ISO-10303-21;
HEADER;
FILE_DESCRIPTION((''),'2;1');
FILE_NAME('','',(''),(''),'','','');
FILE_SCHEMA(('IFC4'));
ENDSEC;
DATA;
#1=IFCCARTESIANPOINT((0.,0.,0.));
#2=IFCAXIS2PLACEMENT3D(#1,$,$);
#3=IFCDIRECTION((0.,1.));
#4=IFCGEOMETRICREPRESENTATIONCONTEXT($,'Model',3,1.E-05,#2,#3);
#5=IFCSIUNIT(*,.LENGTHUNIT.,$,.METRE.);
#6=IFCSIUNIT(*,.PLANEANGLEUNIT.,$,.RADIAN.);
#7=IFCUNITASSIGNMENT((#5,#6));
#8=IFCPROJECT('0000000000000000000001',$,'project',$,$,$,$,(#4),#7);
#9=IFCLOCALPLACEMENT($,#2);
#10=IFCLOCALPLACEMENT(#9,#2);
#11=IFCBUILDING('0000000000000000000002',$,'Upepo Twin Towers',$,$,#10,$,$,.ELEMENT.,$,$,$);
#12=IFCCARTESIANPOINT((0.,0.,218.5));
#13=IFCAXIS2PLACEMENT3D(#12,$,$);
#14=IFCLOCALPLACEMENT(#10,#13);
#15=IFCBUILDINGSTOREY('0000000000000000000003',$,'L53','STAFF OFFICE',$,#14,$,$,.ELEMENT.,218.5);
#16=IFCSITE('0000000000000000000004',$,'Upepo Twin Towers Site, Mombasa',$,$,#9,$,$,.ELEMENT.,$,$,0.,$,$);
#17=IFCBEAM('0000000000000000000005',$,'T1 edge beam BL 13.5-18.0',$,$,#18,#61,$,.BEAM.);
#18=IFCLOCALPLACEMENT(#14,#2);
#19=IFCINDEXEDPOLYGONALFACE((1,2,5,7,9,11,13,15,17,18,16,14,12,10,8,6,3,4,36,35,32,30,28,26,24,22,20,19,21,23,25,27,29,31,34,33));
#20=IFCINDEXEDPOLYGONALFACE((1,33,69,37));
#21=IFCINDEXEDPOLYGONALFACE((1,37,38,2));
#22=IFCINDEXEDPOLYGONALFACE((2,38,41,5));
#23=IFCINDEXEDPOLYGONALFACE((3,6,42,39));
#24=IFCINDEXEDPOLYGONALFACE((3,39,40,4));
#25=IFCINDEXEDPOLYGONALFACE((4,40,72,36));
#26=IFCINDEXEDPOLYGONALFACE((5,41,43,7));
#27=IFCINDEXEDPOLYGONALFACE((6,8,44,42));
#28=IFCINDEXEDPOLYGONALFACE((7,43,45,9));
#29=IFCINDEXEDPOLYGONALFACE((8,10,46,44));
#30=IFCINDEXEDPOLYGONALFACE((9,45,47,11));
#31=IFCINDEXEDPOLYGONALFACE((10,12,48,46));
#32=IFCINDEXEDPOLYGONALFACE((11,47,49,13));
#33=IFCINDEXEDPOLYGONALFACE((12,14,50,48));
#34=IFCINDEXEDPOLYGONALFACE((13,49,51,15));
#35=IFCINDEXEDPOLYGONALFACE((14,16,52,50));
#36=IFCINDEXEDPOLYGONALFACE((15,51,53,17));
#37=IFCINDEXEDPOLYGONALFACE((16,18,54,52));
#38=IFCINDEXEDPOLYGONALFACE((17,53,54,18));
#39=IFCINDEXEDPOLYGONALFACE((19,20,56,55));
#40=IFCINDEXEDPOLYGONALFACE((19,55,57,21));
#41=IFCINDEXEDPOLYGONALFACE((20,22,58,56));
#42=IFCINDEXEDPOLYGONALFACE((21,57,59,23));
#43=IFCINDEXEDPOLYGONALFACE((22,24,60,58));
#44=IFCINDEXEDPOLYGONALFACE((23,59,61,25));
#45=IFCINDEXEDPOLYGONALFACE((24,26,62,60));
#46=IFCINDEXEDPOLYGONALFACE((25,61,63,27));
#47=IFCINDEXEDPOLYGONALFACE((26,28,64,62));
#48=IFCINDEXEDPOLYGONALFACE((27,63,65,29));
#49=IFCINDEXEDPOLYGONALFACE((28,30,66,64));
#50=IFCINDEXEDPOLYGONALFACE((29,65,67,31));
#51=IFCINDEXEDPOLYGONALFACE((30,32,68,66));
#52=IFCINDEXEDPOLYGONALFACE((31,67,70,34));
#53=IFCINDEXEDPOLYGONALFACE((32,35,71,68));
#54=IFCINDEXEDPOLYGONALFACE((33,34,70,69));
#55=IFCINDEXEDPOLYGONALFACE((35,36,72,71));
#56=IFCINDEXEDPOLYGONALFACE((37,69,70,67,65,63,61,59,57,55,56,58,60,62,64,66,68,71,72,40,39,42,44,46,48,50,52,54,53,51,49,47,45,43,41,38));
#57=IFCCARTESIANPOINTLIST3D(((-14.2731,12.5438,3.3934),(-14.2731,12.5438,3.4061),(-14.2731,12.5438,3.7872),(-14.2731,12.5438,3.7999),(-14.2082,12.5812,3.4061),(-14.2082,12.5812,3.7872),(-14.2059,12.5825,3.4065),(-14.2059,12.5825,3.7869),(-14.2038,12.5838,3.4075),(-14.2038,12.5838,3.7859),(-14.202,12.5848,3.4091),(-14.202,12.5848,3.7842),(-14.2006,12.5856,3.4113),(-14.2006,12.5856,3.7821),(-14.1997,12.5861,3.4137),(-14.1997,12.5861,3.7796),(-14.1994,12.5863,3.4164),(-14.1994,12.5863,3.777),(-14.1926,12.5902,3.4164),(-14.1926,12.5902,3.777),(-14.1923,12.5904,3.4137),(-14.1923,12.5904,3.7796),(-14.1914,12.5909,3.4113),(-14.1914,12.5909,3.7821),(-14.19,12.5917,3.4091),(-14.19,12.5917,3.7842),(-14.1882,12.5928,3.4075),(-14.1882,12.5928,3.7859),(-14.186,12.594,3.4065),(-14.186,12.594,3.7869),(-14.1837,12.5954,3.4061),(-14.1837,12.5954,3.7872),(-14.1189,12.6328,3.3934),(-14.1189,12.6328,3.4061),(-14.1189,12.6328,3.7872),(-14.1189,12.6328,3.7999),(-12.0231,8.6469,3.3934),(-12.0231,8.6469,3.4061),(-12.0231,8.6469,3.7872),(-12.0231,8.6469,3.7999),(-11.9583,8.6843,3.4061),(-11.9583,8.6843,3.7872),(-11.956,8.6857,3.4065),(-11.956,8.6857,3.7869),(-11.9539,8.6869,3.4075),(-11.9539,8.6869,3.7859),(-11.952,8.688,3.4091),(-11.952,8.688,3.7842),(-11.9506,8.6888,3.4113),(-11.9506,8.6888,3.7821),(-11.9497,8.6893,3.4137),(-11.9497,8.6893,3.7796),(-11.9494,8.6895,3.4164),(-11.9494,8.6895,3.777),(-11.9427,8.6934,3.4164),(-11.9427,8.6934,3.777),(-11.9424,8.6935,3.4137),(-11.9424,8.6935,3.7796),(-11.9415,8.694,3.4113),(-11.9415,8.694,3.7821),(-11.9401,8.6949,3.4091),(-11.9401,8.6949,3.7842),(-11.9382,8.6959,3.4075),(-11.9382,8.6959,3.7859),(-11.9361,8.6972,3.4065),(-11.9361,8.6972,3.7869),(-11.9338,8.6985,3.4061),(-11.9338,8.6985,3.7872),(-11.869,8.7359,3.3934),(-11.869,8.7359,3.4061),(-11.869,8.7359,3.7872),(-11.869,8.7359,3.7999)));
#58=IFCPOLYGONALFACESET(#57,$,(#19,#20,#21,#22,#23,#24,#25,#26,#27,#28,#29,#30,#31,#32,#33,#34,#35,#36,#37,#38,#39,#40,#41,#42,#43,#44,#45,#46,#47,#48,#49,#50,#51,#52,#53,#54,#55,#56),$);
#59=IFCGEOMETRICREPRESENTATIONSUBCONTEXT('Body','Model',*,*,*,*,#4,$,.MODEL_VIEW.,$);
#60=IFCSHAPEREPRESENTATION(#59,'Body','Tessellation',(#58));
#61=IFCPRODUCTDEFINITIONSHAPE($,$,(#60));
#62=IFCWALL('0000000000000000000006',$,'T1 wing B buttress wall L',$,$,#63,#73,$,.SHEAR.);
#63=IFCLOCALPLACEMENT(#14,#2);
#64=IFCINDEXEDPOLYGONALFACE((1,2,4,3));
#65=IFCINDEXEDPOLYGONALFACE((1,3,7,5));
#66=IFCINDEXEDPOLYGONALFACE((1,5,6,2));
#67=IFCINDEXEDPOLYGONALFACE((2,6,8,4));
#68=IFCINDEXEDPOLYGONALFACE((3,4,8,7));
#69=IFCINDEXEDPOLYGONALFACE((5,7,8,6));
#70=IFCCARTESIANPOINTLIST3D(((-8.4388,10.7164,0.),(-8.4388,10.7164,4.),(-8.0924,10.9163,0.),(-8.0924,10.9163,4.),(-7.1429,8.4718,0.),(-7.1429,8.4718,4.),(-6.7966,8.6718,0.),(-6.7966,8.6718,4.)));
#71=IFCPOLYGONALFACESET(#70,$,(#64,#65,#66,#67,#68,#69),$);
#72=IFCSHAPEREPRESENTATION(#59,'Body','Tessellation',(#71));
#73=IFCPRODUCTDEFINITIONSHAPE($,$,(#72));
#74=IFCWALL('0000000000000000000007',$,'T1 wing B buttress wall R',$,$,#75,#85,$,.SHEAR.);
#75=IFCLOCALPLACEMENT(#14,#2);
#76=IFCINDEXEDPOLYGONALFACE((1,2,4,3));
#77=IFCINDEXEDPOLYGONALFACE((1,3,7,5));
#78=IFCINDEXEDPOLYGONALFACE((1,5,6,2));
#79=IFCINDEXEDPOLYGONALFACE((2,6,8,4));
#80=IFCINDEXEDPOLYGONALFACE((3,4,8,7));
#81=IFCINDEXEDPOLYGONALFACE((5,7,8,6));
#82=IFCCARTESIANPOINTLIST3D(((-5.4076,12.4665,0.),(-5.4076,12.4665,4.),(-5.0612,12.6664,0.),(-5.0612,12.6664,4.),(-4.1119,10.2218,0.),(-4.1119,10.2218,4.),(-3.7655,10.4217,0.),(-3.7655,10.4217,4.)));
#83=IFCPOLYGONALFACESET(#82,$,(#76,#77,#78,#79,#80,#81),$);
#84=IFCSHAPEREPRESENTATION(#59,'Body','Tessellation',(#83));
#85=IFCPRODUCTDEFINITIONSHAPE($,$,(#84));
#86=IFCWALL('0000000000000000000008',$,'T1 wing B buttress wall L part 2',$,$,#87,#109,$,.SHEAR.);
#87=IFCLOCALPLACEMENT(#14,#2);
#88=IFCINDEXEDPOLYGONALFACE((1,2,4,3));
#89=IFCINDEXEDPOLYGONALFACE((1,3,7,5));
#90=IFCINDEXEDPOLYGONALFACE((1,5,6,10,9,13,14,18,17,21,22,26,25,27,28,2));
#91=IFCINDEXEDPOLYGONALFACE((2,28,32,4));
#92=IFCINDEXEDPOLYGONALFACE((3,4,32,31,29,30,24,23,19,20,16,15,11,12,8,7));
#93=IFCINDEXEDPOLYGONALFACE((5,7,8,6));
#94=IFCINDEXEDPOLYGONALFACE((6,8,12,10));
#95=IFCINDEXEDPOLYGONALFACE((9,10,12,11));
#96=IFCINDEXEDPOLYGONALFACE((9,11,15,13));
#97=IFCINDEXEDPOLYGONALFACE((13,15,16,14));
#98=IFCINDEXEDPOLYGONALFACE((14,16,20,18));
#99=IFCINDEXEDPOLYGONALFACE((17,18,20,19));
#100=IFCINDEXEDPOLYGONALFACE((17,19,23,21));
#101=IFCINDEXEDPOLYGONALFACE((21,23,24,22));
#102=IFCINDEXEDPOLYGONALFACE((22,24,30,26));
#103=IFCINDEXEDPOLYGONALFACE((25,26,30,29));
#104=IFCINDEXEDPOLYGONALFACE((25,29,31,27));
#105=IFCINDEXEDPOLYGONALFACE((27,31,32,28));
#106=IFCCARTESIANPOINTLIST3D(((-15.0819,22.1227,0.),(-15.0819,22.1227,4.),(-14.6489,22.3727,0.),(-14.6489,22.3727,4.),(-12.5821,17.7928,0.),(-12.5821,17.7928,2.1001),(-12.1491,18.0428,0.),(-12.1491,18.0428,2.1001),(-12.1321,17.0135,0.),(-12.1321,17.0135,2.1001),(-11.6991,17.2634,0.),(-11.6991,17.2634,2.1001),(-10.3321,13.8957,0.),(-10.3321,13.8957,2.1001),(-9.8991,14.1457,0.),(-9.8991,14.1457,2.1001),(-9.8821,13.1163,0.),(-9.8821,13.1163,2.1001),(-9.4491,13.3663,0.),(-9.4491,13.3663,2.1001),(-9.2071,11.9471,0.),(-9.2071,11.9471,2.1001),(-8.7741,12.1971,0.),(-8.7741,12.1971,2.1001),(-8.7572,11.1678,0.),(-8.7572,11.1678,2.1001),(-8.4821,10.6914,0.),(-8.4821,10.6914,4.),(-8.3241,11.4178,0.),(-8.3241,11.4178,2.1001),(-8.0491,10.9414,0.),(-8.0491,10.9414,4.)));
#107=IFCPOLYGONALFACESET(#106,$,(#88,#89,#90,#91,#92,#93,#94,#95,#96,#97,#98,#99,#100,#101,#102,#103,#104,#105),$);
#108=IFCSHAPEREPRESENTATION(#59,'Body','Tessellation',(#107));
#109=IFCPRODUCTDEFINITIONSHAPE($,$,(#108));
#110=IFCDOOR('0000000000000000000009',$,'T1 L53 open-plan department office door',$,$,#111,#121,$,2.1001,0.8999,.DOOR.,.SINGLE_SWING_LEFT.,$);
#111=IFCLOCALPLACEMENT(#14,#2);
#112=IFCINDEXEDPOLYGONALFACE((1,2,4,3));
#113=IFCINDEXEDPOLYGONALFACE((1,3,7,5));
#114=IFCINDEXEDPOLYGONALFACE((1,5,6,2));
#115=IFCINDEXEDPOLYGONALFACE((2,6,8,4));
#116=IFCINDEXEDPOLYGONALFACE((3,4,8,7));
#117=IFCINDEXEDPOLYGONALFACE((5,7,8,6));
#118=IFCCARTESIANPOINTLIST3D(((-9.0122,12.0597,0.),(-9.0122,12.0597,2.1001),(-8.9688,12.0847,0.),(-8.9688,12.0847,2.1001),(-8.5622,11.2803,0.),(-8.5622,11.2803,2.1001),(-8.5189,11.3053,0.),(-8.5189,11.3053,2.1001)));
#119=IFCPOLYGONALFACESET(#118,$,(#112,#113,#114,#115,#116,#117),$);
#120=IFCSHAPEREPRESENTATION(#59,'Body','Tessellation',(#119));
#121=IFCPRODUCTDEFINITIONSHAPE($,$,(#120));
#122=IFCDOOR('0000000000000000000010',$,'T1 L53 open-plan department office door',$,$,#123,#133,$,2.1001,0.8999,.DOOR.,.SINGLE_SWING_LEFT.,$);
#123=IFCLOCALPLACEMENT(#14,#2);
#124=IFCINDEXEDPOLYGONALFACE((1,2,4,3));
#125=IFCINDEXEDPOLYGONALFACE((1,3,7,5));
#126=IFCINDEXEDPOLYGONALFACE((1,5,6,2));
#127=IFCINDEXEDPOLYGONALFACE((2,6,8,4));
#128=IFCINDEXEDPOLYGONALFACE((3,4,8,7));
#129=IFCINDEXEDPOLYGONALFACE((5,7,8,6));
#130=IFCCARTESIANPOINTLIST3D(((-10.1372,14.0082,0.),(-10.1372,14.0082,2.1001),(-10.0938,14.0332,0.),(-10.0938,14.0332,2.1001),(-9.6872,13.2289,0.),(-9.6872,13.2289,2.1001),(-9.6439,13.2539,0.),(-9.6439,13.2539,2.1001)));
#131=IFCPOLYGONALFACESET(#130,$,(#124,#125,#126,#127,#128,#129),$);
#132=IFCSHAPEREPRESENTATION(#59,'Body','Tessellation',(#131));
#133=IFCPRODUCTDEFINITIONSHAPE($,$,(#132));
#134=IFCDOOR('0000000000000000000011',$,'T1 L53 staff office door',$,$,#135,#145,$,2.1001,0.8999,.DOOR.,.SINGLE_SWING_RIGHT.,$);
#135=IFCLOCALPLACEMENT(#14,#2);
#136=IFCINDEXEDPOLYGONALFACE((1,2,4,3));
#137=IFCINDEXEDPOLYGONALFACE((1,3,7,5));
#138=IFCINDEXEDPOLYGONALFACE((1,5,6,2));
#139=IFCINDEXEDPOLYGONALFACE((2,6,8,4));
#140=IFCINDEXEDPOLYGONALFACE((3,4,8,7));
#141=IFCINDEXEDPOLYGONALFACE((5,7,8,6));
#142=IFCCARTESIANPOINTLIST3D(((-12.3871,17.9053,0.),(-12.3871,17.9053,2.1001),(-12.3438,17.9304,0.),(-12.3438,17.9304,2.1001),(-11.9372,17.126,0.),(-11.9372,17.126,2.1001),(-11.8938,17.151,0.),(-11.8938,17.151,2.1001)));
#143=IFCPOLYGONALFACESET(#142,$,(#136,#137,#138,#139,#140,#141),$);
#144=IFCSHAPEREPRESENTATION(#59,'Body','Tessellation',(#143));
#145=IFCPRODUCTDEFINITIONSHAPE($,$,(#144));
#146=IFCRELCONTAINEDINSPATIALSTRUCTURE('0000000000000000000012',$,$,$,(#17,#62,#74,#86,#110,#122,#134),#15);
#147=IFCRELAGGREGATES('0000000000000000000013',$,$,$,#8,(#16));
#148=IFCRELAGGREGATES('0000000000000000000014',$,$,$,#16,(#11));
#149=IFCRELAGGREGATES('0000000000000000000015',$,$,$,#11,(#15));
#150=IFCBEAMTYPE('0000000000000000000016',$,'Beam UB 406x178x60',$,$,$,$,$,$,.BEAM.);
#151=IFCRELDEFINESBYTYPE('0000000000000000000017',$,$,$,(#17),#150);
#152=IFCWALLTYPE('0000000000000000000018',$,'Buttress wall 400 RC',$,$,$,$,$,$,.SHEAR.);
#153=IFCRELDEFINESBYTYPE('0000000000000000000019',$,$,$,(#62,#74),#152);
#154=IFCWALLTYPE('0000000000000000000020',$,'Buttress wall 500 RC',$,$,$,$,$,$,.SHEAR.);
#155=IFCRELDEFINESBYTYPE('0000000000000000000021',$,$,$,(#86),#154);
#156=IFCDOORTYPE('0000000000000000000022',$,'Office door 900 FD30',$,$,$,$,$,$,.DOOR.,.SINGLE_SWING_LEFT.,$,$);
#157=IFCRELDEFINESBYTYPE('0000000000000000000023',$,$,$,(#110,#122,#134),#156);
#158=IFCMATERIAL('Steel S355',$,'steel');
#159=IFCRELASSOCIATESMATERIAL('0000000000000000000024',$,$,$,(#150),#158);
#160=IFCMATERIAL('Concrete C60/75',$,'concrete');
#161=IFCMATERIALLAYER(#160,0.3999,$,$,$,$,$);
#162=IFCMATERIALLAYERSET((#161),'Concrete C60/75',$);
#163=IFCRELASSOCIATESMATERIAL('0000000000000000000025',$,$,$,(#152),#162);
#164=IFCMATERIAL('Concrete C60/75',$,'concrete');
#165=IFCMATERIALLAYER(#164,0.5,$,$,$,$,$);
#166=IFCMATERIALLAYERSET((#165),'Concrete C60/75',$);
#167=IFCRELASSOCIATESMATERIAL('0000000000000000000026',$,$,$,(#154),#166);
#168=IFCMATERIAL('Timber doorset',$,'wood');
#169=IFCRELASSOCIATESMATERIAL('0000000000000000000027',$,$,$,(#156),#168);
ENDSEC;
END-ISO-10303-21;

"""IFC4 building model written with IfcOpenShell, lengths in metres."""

from ifc_helpers import new_model, si_unit, direction, frame, frame_2d, origin, origin_2d, place, context, subcontext, project, spatial, rectangle, i_section, extrude, material, layer, layer_set, material_profile, profile_set, type_object, element, fill, save


model = new_model("IFC4")

# Units and contexts
model_context = context("Model", 3, precision=1e-05, world=origin(), true_north=direction((0.0, 1.0)))
body_context = subcontext(model_context, "Body", "Model", "MODEL_VIEW")
ifc_project = project(units=[si_unit("LENGTHUNIT", "METRE"), si_unit("PLANEANGLEUNIT", "RADIAN")], contexts=[model_context])

# Site, building, storey
site_placement = place(None, origin())
site = spatial("IfcSite", under=ifc_project, at=site_placement, Name="Upepo Twin Towers Site, Mombasa", CompositionType="ELEMENT", RefElevation=0.0)
building_placement = place(site_placement, origin())
building = spatial("IfcBuilding", under=site, at=building_placement, Name="Upepo Twin Towers", CompositionType="ELEMENT")
storey_placement = place(building_placement, frame((0.0, 0.0, 218.5)))
storey = spatial("IfcBuildingStorey", under=building, at=storey_placement, Name="L53", Description="STAFF OFFICE", CompositionType="ELEMENT", Elevation=218.5)

# Beam
ifc_material_1 = material(Name="Steel S355", Category="steel")
ifc_material_profile = material_profile(ifc_material_1, i_section(OverallWidth=0.178, OverallDepth=0.4065, WebThickness=0.0078, FlangeThickness=0.0127, FilletRadius=0.0103, at=origin_2d()), Name="UB 406x178x60")
ifc_profile_set = profile_set([ifc_material_profile], Name="Steel S355")
beam_type = type_object("IfcBeamType", Name="Beam UB 406x178x60", PredefinedType="BEAM", material=ifc_profile_set)
beam_placement = place(storey_placement, frame((-11.946, 8.6914, 3.5967), z_axis=(-0.500014, 0.866018, 0.0), x_axis=(-0.866018, -0.500014, 0.0)))
element("IfcBeam", 1, at=beam_placement, inside=storey, type_object=beam_type, Name="T1 edge beam BL 13.5-18.0", PredefinedType="BEAM", context=body_context, shape_type="SweptSolid", body=[
    extrude(i_section(OverallWidth=0.178, OverallDepth=0.4065, WebThickness=0.0078, FlangeThickness=0.0127, FilletRadius=0.0103, at=origin_2d()), origin(), (0.0, 0.0, 1.0), 4.4998),
])

# Walls
ifc_material_2 = material(Name="Concrete C60/75", Category="concrete")
ifc_layer_1 = layer(ifc_material_2, 0.3999)
ifc_layer_set_1 = layer_set([ifc_layer_1], Name="Concrete C60/75")
wall_type_1 = type_object("IfcWallType", Name="Buttress wall 400 RC", PredefinedType="SHEAR", material=ifc_layer_set_1)
for number, where, z_axis, x_axis, name in (
    (2, (-6.9697, 8.5718, 0.0), (0.0, 0.0, 1.0), (-0.499989, 0.866032, 0.0), "T1 wing B buttress wall L"),
    (3, (-3.9387, 10.3218, 0.0), (0.0, 0.0, 1.0), (-0.499918, 0.866073, 0.0), "T1 wing B buttress wall R"),
):
    element("IfcWall", number, at=place(storey_placement, frame(where, z_axis=z_axis, x_axis=x_axis)), inside=storey, type_object=wall_type_1, Name=name, PredefinedType="SHEAR", context=body_context, shape_type="SweptSolid", body=[
        extrude(rectangle(XDim=2.5918, YDim=0.3999, at=frame_2d((1.2959, 0.0))), origin(), (0.0, 0.0, 1.0), 4.0),
    ])

# Wall, openings, doors
ifc_material_3 = material(Name="Concrete C60/75", Category="concrete")
ifc_layer_2 = layer(ifc_material_3, 0.5)
ifc_layer_set_2 = layer_set([ifc_layer_2], Name="Concrete C60/75")
wall_type_2 = type_object("IfcWallType", Name="Buttress wall 500 RC", PredefinedType="SHEAR", material=ifc_layer_set_2)
wall_1_placement = place(storey_placement, frame((-8.2656, 10.8164, 0.0), z_axis=(0.0, 0.0, 1.0), x_axis=(-0.499996, 0.866028, 0.0)))
wall_1 = element("IfcWall", 4, at=wall_1_placement, inside=storey, type_object=wall_type_2, Name="T1 wing B buttress wall L part 2", PredefinedType="SHEAR", context=body_context, shape_type="SweptSolid", body=[
    extrude(rectangle(XDim=13.1997, YDim=0.5, at=frame_2d((6.5999, 0.0))), origin(), (0.0, 0.0, 1.0), 4.0),
])
opening_1_placement = place(wall_1_placement, frame((0.55, 0.0, 0.0)))
opening_1 = element("IfcOpeningElement", 5, at=opening_1_placement, cuts=wall_1, PredefinedType="OPENING", context=body_context, shape_type="SweptSolid", body=[
    extrude(rectangle(XDim=0.8999, YDim=2.1001, at=frame_2d((0.45, 1.05))), frame((0.0, 0.26, 0.0), z_axis=(0.0, -1.0, 0.0), x_axis=(1.0, 0.0, 0.0)), (0.0, 0.0, 1.0), 0.52),
])
opening_2_placement = place(wall_1_placement, frame((2.8, 0.0, 0.0)))
opening_2 = element("IfcOpeningElement", 6, at=opening_2_placement, cuts=wall_1, PredefinedType="OPENING", context=body_context, shape_type="SweptSolid", body=[
    extrude(rectangle(XDim=0.8999, YDim=2.1001, at=frame_2d((0.45, 1.05))), frame((0.0, 0.26, 0.0), z_axis=(0.0, -1.0, 0.0), x_axis=(1.0, 0.0, 0.0)), (0.0, 0.0, 1.0), 0.52),
])
opening_3_placement = place(wall_1_placement, frame((7.3, 0.0, 0.0)))
opening_3 = element("IfcOpeningElement", 7, at=opening_3_placement, cuts=wall_1, PredefinedType="OPENING", context=body_context, shape_type="SweptSolid", body=[
    extrude(rectangle(XDim=0.8999, YDim=2.1001, at=frame_2d((0.45, 1.05))), frame((0.0, 0.26, 0.0), z_axis=(0.0, -1.0, 0.0), x_axis=(1.0, 0.0, 0.0)), (0.0, 0.0, 1.0), 0.52),
])
ifc_material_4 = material(Name="Timber doorset", Category="wood")
door_type_1 = type_object("IfcDoorType", Name="Office door 900 FD30", OperationType="SINGLE_SWING_LEFT", PredefinedType="DOOR", material=ifc_material_4)
door_1_placement = place(opening_1_placement, origin())
door_1 = element("IfcDoor", 8, at=door_1_placement, inside=storey, type_object=door_type_1, Name="T1 L53 open-plan department office door", OperationType="SINGLE_SWING_LEFT", OverallHeight=2.1001, OverallWidth=0.8999, PredefinedType="DOOR", context=body_context, shape_type="SweptSolid", body=[
    extrude(rectangle(XDim=0.8999, YDim=2.1001, at=frame_2d((0.45, 1.05))), frame((0.0, 0.0249, 0.0), z_axis=(0.0, -1.0, 0.0), x_axis=(1.0, 0.0, 0.0)), (0.0, 0.0, 1.0), 0.05),
])
fill(opening_1, door_1)
door_2_placement = place(opening_2_placement, origin())
door_2 = element("IfcDoor", 9, at=door_2_placement, inside=storey, type_object=door_type_1, Name="T1 L53 open-plan department office door", OperationType="SINGLE_SWING_LEFT", OverallHeight=2.1001, OverallWidth=0.8999, PredefinedType="DOOR", context=body_context, shape_type="SweptSolid", body=[
    extrude(rectangle(XDim=0.8999, YDim=2.1001, at=frame_2d((0.45, 1.05))), frame((0.0, 0.0249, 0.0), z_axis=(0.0, -1.0, 0.0), x_axis=(1.0, 0.0, 0.0)), (0.0, 0.0, 1.0), 0.05),
])
fill(opening_2, door_2)
door_3_placement = place(opening_3_placement, origin())
door_3 = element("IfcDoor", 10, at=door_3_placement, inside=storey, type_object=door_type_1, Name="T1 L53 staff office door", OperationType="SINGLE_SWING_RIGHT", OverallHeight=2.1001, OverallWidth=0.8999, PredefinedType="DOOR", context=body_context, shape_type="SweptSolid", body=[
    extrude(rectangle(XDim=0.8999, YDim=2.1001, at=frame_2d((0.45, 1.05))), frame((0.0, 0.0249, 0.0), z_axis=(0.0, -1.0, 0.0), x_axis=(1.0, 0.0, 0.0)), (0.0, 0.0, 1.0), 0.05),
])
fill(opening_3, door_3)

save(model, "model.ifc")
